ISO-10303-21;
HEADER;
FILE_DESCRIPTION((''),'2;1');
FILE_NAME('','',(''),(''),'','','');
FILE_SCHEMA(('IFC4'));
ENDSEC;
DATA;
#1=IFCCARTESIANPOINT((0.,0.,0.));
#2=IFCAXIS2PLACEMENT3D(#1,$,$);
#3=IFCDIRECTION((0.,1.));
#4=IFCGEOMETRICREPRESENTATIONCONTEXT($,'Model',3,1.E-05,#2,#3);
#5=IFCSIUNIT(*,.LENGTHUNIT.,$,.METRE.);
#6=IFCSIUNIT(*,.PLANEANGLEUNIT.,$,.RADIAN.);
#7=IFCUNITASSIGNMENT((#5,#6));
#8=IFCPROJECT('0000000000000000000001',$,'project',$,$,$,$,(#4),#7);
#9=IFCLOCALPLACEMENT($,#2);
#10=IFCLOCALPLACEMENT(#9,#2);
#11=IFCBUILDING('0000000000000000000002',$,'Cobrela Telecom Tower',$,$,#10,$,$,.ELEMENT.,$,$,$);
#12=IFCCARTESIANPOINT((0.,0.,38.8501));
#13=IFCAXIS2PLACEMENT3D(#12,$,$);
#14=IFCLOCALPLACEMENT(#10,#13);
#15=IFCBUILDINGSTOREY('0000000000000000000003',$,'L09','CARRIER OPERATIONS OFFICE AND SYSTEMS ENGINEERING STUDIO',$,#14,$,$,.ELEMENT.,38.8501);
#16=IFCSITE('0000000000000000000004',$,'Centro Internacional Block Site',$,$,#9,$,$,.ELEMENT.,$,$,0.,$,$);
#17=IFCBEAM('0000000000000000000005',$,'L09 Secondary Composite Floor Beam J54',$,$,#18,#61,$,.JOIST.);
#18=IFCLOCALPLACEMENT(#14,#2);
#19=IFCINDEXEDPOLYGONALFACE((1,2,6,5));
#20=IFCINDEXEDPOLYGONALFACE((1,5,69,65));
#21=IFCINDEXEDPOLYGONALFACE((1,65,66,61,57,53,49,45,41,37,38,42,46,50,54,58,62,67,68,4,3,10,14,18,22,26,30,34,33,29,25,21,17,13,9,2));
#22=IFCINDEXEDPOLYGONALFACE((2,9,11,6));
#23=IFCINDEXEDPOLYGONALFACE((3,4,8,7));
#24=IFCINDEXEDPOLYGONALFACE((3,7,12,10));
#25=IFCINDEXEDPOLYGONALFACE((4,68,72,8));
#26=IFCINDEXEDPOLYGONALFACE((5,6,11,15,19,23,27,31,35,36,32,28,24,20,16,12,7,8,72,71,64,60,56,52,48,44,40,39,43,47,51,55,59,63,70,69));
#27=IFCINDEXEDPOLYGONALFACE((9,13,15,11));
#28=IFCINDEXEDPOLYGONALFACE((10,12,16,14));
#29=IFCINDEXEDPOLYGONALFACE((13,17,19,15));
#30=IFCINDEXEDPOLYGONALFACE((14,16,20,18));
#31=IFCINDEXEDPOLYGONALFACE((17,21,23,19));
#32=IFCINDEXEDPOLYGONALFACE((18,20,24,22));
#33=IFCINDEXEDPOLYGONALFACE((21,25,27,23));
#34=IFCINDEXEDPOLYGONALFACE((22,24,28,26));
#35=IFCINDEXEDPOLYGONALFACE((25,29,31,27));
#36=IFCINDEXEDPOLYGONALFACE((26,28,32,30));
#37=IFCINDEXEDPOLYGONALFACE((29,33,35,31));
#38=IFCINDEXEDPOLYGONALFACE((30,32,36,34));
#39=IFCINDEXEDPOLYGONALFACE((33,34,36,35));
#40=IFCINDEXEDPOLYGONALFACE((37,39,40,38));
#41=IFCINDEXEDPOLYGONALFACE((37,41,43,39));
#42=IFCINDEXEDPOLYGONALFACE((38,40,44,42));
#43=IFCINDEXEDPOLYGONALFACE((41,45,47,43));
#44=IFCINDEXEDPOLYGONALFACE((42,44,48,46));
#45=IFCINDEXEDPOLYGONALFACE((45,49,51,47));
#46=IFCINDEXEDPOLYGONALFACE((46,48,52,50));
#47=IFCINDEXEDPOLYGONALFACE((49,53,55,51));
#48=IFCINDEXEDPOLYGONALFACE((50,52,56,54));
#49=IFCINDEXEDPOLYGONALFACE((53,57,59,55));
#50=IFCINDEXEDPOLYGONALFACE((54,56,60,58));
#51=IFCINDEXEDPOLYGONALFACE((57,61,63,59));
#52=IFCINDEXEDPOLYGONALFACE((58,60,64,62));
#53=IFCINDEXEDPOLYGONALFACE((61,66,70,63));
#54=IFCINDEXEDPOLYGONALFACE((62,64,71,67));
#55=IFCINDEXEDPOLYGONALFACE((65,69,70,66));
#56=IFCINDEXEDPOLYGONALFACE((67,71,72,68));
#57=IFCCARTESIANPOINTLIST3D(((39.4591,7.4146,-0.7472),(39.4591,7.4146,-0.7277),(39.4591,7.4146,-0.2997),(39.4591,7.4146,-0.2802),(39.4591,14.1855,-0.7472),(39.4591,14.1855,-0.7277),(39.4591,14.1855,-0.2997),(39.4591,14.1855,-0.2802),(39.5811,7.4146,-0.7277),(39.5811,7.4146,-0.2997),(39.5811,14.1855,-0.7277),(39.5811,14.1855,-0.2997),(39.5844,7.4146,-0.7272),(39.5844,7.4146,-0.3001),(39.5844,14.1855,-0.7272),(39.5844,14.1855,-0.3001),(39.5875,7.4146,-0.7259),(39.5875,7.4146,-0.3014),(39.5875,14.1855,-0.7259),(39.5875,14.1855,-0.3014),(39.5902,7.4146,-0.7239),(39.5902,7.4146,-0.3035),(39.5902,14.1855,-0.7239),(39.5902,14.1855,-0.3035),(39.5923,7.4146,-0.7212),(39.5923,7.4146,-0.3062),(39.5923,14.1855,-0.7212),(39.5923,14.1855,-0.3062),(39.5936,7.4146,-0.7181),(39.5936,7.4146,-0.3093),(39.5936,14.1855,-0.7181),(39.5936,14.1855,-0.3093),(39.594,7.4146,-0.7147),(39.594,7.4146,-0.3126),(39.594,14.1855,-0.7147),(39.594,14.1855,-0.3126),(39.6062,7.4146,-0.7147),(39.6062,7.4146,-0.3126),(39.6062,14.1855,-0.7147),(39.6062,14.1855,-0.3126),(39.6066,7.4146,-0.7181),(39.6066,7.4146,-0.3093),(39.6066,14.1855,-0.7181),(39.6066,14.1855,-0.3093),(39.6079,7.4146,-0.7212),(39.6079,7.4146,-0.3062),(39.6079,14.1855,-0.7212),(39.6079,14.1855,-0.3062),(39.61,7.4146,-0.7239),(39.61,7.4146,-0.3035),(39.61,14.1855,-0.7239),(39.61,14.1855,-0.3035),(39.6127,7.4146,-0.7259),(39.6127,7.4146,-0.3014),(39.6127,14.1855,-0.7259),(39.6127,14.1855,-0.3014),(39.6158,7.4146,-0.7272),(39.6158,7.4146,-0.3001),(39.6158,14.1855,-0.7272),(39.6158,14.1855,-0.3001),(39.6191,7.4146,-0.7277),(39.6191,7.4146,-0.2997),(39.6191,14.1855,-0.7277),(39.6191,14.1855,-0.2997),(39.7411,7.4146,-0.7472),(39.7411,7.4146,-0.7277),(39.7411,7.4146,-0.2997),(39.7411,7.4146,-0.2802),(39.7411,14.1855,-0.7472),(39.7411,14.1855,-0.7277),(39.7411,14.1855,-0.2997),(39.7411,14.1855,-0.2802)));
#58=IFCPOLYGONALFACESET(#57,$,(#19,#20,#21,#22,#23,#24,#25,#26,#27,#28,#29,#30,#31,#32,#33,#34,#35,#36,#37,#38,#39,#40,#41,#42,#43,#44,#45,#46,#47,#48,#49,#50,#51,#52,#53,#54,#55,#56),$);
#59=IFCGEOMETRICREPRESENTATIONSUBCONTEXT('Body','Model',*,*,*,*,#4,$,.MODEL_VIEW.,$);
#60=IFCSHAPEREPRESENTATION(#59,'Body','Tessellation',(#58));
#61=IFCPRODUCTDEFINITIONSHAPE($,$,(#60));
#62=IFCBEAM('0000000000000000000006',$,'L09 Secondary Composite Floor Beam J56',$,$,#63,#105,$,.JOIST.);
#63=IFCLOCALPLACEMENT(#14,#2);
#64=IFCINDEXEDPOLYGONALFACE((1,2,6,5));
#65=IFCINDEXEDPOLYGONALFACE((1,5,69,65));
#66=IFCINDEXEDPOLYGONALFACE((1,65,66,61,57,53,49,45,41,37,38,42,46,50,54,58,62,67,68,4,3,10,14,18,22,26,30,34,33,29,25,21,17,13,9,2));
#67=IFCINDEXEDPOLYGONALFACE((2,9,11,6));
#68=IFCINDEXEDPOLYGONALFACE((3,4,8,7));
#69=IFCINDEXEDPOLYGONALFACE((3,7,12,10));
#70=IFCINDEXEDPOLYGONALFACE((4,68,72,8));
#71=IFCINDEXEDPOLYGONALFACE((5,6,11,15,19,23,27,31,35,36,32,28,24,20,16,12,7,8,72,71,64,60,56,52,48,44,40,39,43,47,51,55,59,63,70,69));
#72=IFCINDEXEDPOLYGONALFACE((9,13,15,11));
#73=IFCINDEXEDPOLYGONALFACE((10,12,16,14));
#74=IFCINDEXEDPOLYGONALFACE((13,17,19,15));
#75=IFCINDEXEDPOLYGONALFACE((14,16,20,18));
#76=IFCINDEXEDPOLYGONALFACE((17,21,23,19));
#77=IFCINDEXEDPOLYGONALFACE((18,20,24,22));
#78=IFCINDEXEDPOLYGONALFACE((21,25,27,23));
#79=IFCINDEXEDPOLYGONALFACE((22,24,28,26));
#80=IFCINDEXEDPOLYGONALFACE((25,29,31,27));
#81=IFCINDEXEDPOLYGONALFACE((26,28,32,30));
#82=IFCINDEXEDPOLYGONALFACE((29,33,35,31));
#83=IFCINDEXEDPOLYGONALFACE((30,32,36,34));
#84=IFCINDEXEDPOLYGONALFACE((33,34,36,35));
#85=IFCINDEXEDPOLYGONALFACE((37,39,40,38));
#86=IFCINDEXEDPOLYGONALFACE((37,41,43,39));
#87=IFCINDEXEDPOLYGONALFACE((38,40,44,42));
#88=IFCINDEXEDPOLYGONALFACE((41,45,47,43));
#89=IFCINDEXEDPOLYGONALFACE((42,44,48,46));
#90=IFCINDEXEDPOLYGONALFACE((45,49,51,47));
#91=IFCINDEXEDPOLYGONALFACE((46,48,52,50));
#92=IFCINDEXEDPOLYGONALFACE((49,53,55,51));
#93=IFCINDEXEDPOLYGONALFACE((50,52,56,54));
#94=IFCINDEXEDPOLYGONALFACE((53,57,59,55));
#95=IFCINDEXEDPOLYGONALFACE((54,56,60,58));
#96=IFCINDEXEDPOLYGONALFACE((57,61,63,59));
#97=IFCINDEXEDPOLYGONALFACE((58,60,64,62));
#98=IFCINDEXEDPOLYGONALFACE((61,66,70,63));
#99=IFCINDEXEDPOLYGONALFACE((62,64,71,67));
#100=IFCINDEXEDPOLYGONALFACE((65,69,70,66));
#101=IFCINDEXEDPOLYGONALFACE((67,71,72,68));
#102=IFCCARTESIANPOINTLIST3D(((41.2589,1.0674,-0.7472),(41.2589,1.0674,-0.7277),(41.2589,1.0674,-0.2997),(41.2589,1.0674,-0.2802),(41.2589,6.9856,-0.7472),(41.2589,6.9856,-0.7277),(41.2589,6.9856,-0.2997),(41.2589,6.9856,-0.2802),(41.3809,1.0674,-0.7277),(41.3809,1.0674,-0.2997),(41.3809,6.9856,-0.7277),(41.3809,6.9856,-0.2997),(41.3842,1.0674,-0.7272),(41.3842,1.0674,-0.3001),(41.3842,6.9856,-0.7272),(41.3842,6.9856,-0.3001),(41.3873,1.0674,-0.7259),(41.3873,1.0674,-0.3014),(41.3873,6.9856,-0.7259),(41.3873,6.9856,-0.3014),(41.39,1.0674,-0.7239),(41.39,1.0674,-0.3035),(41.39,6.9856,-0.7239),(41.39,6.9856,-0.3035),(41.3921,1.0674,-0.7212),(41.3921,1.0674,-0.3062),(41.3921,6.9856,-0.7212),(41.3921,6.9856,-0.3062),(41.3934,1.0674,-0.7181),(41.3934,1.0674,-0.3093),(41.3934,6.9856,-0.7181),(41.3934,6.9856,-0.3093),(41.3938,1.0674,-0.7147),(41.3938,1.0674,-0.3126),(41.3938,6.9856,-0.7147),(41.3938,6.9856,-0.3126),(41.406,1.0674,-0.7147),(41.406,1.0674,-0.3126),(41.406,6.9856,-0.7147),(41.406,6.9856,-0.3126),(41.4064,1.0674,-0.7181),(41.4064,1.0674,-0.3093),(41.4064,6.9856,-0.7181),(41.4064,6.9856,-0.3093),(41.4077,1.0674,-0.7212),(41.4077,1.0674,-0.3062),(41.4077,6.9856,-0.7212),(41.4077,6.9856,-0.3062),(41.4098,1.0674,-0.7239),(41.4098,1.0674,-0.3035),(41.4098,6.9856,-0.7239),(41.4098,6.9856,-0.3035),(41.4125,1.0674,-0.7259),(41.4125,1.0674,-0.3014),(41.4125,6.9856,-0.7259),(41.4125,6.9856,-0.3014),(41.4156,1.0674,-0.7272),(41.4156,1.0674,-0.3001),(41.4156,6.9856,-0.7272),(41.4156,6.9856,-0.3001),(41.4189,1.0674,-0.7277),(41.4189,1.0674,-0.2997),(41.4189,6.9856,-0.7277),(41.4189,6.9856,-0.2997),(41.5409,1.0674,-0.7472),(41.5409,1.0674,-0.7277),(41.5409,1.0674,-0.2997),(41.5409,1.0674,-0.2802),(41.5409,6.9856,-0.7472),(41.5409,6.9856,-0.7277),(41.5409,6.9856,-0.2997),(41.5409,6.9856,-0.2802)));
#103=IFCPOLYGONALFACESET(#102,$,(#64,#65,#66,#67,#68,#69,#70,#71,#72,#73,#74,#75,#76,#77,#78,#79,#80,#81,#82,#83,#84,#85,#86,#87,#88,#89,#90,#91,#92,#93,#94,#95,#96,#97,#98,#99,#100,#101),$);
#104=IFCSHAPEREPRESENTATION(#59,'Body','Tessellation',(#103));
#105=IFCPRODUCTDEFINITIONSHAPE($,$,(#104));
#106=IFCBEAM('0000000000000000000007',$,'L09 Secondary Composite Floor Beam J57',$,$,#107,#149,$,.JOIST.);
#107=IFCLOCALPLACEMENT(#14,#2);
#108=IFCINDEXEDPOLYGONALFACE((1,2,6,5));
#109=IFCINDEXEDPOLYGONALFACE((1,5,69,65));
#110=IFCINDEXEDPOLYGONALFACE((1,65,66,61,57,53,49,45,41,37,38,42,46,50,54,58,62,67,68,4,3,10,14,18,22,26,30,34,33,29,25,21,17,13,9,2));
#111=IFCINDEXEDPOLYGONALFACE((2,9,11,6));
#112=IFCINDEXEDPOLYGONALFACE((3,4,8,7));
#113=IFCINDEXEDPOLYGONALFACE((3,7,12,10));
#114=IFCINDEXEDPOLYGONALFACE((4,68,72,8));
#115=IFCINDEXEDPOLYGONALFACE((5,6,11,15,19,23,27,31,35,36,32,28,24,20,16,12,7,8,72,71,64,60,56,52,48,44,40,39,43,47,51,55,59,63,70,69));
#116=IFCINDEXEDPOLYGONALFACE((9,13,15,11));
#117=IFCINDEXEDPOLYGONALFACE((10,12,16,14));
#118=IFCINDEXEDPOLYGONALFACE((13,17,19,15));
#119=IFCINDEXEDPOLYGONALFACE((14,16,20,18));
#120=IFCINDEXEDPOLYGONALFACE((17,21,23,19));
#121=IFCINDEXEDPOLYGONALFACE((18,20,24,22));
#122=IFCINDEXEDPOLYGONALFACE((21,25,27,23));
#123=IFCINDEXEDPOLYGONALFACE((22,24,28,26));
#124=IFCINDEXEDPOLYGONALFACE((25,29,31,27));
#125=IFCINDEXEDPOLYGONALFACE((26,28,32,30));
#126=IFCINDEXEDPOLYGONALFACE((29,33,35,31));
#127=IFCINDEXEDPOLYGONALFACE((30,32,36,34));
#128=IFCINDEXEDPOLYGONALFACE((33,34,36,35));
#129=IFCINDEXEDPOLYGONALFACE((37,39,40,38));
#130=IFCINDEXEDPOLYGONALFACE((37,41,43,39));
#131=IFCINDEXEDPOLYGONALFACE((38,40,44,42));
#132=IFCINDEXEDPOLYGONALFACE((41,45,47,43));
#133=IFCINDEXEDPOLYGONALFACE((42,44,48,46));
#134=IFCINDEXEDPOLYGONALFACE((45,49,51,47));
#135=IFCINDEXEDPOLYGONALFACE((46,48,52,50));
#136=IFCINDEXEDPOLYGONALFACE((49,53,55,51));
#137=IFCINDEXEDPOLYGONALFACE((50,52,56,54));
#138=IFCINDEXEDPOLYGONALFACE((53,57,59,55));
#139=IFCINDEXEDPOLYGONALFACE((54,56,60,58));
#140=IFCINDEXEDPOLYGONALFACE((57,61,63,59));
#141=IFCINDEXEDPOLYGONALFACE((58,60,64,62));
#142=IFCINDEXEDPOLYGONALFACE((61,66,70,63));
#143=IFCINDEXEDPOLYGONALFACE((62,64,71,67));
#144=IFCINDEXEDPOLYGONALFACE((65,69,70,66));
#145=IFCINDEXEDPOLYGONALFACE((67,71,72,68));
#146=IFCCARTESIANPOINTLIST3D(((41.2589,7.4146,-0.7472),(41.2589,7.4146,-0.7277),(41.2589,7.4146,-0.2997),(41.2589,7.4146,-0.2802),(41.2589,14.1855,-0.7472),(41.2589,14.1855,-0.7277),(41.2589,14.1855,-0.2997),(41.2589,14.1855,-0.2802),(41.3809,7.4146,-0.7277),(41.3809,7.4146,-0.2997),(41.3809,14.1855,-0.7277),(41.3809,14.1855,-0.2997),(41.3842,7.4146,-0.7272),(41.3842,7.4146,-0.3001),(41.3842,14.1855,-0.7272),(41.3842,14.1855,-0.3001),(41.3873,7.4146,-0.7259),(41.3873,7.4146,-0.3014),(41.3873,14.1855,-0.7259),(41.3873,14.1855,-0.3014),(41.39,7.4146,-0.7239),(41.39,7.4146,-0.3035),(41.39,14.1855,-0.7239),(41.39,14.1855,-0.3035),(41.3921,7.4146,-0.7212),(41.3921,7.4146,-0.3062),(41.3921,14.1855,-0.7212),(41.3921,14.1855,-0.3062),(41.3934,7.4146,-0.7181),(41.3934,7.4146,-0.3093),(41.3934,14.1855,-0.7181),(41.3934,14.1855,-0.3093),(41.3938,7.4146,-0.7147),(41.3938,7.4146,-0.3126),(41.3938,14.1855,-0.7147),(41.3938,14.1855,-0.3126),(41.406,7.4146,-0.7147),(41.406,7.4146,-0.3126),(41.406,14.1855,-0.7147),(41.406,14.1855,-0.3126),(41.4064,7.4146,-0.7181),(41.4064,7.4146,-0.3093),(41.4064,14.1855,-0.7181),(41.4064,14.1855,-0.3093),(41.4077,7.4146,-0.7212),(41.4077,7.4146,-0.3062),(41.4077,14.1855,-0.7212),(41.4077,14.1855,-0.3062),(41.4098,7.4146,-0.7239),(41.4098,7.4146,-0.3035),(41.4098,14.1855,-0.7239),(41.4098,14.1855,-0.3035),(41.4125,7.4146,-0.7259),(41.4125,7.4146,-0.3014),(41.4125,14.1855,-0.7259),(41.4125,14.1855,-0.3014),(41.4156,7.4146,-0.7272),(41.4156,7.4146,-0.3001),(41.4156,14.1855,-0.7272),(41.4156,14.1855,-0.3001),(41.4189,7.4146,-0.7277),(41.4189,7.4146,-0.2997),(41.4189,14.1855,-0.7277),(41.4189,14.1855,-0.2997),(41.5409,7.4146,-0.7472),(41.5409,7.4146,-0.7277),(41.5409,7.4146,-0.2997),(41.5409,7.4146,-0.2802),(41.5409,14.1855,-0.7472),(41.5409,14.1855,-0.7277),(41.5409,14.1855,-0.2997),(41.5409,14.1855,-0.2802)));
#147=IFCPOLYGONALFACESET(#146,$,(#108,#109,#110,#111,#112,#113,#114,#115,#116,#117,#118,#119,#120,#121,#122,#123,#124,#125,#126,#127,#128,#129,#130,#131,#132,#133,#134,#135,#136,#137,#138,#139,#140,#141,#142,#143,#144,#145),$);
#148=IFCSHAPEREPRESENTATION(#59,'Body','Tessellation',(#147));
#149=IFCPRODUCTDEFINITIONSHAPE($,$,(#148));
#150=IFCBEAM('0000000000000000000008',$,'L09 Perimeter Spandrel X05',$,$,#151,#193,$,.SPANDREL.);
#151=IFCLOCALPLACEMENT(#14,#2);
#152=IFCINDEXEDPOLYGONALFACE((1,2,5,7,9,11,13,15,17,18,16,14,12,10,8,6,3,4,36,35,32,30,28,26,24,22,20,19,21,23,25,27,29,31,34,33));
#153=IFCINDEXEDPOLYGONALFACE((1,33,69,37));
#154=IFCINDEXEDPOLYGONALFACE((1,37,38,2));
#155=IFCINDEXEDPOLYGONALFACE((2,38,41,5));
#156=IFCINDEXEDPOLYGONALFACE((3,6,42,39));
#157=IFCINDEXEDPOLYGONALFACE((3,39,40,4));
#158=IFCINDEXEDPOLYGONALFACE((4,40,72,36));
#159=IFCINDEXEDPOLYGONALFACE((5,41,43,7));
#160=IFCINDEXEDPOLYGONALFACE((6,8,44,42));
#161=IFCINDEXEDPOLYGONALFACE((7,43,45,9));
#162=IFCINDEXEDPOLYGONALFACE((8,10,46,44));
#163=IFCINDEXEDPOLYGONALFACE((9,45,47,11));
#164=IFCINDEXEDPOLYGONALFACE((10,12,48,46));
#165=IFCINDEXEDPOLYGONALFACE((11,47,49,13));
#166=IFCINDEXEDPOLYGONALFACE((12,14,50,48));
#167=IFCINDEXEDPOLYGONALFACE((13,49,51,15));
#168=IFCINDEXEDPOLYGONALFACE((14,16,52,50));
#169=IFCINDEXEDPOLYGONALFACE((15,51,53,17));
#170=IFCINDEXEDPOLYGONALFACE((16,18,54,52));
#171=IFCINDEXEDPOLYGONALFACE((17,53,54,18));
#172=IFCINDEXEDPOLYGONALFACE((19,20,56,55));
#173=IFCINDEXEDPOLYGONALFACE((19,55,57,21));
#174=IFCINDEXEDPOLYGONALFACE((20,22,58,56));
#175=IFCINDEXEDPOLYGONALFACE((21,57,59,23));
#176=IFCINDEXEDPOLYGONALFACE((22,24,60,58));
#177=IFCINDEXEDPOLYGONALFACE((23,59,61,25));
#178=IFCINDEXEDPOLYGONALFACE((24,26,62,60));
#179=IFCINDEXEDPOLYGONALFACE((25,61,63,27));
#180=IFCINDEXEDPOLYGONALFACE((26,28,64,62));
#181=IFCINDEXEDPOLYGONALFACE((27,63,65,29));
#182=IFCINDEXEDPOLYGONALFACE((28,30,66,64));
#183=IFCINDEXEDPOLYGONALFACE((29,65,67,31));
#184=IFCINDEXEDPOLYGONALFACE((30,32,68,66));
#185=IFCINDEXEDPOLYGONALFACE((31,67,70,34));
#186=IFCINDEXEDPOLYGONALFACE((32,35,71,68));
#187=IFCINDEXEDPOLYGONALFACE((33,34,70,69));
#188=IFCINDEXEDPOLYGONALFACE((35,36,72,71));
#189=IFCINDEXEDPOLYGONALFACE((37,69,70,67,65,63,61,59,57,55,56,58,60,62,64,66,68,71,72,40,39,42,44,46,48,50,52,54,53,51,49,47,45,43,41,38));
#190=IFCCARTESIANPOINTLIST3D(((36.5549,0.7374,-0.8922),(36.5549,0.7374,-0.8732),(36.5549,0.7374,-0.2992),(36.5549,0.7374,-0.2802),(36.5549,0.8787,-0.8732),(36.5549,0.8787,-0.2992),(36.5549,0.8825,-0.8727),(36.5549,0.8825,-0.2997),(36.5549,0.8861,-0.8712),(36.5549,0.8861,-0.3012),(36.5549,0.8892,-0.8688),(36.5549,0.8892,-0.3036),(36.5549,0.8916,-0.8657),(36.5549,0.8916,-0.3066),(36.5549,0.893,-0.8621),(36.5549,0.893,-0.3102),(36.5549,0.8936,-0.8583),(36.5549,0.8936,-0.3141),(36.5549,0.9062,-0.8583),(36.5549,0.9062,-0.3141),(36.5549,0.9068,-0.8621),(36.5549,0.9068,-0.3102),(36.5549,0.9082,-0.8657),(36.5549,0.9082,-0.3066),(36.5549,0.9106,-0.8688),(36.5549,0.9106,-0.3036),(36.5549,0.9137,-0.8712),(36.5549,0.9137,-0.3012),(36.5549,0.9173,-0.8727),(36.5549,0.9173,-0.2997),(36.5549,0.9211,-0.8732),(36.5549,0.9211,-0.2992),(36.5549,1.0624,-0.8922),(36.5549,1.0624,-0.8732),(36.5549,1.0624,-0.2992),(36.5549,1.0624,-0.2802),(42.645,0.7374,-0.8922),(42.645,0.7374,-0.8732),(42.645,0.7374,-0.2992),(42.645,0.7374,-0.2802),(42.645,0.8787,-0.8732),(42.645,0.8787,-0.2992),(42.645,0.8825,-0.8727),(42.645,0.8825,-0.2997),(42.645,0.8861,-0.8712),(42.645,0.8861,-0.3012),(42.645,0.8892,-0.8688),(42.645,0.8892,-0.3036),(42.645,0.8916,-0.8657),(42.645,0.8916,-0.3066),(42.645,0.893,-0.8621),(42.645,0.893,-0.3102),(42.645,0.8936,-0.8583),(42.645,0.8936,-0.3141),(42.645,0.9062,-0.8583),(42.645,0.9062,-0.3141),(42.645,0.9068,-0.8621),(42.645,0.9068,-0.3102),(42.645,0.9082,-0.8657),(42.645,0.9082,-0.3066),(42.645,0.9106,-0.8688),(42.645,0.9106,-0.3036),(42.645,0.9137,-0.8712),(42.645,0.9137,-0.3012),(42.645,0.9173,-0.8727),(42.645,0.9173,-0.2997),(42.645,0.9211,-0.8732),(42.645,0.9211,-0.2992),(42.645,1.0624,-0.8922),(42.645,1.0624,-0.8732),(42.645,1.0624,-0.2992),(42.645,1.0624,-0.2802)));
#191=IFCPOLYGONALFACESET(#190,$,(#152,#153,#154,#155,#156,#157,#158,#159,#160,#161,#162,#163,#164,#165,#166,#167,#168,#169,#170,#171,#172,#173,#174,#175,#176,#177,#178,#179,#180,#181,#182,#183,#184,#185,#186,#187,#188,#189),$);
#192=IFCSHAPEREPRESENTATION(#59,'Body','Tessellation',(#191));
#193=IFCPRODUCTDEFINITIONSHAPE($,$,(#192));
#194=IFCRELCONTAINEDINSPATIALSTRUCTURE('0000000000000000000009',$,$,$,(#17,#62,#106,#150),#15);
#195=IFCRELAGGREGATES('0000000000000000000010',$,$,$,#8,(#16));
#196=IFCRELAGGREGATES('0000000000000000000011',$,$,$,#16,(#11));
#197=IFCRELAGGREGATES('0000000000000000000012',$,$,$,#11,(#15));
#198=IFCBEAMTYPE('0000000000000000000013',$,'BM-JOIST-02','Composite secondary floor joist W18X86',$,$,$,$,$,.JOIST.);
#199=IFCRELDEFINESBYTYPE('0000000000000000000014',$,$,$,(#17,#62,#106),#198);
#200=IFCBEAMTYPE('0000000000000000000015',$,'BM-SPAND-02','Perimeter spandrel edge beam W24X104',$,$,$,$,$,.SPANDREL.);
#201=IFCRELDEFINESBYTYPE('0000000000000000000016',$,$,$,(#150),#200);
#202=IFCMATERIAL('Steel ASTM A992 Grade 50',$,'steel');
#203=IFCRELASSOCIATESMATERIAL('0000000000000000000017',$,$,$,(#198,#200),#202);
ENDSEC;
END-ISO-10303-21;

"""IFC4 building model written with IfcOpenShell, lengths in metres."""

from ifc_helpers import new_model, si_unit, direction, frame, origin, origin_2d, place, context, subcontext, project, spatial, i_section, extrude, material, material_profile, profile_set, type_object, element, save


model = new_model("IFC4")

# Units and contexts
model_context = context("Model", 3, precision=1e-05, world=origin(), true_north=direction((0.0, 1.0)))
body_context = subcontext(model_context, "Body", "Model", "MODEL_VIEW")
ifc_project = project(units=[si_unit("LENGTHUNIT", "METRE"), si_unit("PLANEANGLEUNIT", "RADIAN")], contexts=[model_context])

# Site, building, storey
site_placement = place(None, origin())
site = spatial("IfcSite", under=ifc_project, at=site_placement, Name="Centro Internacional Block Site", CompositionType="ELEMENT", RefElevation=0.0)
building_placement = place(site_placement, origin())
building = spatial("IfcBuilding", under=site, at=building_placement, Name="Cobrela Telecom Tower", CompositionType="ELEMENT")
storey_placement = place(building_placement, frame((0.0, 0.0, 38.8501)))
storey = spatial("IfcBuildingStorey", under=building, at=storey_placement, Name="L09", Description="CARRIER OPERATIONS OFFICE AND SYSTEMS ENGINEERING STUDIO", CompositionType="ELEMENT", Elevation=38.8501)

# Shared definitions
ifc_material_1 = material(Name="Steel ASTM A992 Grade 50", Category="steel")

# Beams
ifc_material_profile_1 = material_profile(ifc_material_1, i_section(OverallWidth=0.282, OverallDepth=0.467, WebThickness=0.0122, FlangeThickness=0.0195, FilletRadius=0.0129, at=origin_2d()), Name="W18X86")
ifc_profile_set_1 = profile_set([ifc_material_profile_1], Name="Steel ASTM A992 Grade 50")
beam_type_1 = type_object("IfcBeamType", Name="BM-JOIST-02", Description="Composite secondary floor joist W18X86", PredefinedType="JOIST", material=ifc_profile_set_1)
beam_1_placement = place(storey_placement, frame((39.6001, 7.4146, -0.5137), z_axis=(0.0, 1.0, 0.0), x_axis=(-1.0, 0.0, 0.0)))
element("IfcBeam", 1, at=beam_1_placement, inside=storey, type_object=beam_type_1, Name="L09 Secondary Composite Floor Beam J54", PredefinedType="JOIST", context=body_context, shape_type="SweptSolid", body=[
    extrude(i_section(OverallWidth=0.282, OverallDepth=0.467, WebThickness=0.0122, FlangeThickness=0.0195, FilletRadius=0.0129, at=origin_2d()), origin(), (0.0, 0.0, 1.0), 6.771),
])
beam_2_placement = place(storey_placement, frame((41.3999, 1.0674, -0.5137), z_axis=(0.0, 1.0, 0.0), x_axis=(-1.0, 0.0, 0.0)))
element("IfcBeam", 2, at=beam_2_placement, inside=storey, type_object=beam_type_1, Name="L09 Secondary Composite Floor Beam J56", PredefinedType="JOIST", context=body_context, shape_type="SweptSolid", body=[
    extrude(i_section(OverallWidth=0.282, OverallDepth=0.467, WebThickness=0.0122, FlangeThickness=0.0195, FilletRadius=0.0129, at=origin_2d()), origin(), (0.0, 0.0, 1.0), 5.9182),
])
beam_3_placement = place(storey_placement, frame((41.3999, 7.4146, -0.5137), z_axis=(0.0, 1.0, 0.0), x_axis=(-1.0, 0.0, 0.0)))
element("IfcBeam", 3, at=beam_3_placement, inside=storey, type_object=beam_type_1, Name="L09 Secondary Composite Floor Beam J57", PredefinedType="JOIST", context=body_context, shape_type="SweptSolid", body=[
    extrude(i_section(OverallWidth=0.282, OverallDepth=0.467, WebThickness=0.0122, FlangeThickness=0.0195, FilletRadius=0.0129, at=origin_2d()), origin(), (0.0, 0.0, 1.0), 6.771),
])
ifc_material_profile_2 = material_profile(ifc_material_1, i_section(OverallWidth=0.325, OverallDepth=0.6121, WebThickness=0.0127, FlangeThickness=0.019, FilletRadius=0.0149, at=origin_2d()), Name="W24X104")
ifc_profile_set_2 = profile_set([ifc_material_profile_2], Name="Steel ASTM A992 Grade 50")
beam_type_2 = type_object("IfcBeamType", Name="BM-SPAND-02", Description="Perimeter spandrel edge beam W24X104", PredefinedType="SPANDREL", material=ifc_profile_set_2)
beam_4_placement = place(storey_placement, frame((36.5549, 0.8999, -0.5862), z_axis=(1.0, 0.0, 0.0), x_axis=(0.0, 1.0, 0.0)))
element("IfcBeam", 4, at=beam_4_placement, inside=storey, type_object=beam_type_2, Name="L09 Perimeter Spandrel X05", PredefinedType="SPANDREL", context=body_context, shape_type="SweptSolid", body=[
    extrude(i_section(OverallWidth=0.325, OverallDepth=0.6121, WebThickness=0.0127, FlangeThickness=0.019, FilletRadius=0.0149, at=origin_2d()), origin(), (0.0, 0.0, 1.0), 6.0901),
])

save(model, "model.ifc")
